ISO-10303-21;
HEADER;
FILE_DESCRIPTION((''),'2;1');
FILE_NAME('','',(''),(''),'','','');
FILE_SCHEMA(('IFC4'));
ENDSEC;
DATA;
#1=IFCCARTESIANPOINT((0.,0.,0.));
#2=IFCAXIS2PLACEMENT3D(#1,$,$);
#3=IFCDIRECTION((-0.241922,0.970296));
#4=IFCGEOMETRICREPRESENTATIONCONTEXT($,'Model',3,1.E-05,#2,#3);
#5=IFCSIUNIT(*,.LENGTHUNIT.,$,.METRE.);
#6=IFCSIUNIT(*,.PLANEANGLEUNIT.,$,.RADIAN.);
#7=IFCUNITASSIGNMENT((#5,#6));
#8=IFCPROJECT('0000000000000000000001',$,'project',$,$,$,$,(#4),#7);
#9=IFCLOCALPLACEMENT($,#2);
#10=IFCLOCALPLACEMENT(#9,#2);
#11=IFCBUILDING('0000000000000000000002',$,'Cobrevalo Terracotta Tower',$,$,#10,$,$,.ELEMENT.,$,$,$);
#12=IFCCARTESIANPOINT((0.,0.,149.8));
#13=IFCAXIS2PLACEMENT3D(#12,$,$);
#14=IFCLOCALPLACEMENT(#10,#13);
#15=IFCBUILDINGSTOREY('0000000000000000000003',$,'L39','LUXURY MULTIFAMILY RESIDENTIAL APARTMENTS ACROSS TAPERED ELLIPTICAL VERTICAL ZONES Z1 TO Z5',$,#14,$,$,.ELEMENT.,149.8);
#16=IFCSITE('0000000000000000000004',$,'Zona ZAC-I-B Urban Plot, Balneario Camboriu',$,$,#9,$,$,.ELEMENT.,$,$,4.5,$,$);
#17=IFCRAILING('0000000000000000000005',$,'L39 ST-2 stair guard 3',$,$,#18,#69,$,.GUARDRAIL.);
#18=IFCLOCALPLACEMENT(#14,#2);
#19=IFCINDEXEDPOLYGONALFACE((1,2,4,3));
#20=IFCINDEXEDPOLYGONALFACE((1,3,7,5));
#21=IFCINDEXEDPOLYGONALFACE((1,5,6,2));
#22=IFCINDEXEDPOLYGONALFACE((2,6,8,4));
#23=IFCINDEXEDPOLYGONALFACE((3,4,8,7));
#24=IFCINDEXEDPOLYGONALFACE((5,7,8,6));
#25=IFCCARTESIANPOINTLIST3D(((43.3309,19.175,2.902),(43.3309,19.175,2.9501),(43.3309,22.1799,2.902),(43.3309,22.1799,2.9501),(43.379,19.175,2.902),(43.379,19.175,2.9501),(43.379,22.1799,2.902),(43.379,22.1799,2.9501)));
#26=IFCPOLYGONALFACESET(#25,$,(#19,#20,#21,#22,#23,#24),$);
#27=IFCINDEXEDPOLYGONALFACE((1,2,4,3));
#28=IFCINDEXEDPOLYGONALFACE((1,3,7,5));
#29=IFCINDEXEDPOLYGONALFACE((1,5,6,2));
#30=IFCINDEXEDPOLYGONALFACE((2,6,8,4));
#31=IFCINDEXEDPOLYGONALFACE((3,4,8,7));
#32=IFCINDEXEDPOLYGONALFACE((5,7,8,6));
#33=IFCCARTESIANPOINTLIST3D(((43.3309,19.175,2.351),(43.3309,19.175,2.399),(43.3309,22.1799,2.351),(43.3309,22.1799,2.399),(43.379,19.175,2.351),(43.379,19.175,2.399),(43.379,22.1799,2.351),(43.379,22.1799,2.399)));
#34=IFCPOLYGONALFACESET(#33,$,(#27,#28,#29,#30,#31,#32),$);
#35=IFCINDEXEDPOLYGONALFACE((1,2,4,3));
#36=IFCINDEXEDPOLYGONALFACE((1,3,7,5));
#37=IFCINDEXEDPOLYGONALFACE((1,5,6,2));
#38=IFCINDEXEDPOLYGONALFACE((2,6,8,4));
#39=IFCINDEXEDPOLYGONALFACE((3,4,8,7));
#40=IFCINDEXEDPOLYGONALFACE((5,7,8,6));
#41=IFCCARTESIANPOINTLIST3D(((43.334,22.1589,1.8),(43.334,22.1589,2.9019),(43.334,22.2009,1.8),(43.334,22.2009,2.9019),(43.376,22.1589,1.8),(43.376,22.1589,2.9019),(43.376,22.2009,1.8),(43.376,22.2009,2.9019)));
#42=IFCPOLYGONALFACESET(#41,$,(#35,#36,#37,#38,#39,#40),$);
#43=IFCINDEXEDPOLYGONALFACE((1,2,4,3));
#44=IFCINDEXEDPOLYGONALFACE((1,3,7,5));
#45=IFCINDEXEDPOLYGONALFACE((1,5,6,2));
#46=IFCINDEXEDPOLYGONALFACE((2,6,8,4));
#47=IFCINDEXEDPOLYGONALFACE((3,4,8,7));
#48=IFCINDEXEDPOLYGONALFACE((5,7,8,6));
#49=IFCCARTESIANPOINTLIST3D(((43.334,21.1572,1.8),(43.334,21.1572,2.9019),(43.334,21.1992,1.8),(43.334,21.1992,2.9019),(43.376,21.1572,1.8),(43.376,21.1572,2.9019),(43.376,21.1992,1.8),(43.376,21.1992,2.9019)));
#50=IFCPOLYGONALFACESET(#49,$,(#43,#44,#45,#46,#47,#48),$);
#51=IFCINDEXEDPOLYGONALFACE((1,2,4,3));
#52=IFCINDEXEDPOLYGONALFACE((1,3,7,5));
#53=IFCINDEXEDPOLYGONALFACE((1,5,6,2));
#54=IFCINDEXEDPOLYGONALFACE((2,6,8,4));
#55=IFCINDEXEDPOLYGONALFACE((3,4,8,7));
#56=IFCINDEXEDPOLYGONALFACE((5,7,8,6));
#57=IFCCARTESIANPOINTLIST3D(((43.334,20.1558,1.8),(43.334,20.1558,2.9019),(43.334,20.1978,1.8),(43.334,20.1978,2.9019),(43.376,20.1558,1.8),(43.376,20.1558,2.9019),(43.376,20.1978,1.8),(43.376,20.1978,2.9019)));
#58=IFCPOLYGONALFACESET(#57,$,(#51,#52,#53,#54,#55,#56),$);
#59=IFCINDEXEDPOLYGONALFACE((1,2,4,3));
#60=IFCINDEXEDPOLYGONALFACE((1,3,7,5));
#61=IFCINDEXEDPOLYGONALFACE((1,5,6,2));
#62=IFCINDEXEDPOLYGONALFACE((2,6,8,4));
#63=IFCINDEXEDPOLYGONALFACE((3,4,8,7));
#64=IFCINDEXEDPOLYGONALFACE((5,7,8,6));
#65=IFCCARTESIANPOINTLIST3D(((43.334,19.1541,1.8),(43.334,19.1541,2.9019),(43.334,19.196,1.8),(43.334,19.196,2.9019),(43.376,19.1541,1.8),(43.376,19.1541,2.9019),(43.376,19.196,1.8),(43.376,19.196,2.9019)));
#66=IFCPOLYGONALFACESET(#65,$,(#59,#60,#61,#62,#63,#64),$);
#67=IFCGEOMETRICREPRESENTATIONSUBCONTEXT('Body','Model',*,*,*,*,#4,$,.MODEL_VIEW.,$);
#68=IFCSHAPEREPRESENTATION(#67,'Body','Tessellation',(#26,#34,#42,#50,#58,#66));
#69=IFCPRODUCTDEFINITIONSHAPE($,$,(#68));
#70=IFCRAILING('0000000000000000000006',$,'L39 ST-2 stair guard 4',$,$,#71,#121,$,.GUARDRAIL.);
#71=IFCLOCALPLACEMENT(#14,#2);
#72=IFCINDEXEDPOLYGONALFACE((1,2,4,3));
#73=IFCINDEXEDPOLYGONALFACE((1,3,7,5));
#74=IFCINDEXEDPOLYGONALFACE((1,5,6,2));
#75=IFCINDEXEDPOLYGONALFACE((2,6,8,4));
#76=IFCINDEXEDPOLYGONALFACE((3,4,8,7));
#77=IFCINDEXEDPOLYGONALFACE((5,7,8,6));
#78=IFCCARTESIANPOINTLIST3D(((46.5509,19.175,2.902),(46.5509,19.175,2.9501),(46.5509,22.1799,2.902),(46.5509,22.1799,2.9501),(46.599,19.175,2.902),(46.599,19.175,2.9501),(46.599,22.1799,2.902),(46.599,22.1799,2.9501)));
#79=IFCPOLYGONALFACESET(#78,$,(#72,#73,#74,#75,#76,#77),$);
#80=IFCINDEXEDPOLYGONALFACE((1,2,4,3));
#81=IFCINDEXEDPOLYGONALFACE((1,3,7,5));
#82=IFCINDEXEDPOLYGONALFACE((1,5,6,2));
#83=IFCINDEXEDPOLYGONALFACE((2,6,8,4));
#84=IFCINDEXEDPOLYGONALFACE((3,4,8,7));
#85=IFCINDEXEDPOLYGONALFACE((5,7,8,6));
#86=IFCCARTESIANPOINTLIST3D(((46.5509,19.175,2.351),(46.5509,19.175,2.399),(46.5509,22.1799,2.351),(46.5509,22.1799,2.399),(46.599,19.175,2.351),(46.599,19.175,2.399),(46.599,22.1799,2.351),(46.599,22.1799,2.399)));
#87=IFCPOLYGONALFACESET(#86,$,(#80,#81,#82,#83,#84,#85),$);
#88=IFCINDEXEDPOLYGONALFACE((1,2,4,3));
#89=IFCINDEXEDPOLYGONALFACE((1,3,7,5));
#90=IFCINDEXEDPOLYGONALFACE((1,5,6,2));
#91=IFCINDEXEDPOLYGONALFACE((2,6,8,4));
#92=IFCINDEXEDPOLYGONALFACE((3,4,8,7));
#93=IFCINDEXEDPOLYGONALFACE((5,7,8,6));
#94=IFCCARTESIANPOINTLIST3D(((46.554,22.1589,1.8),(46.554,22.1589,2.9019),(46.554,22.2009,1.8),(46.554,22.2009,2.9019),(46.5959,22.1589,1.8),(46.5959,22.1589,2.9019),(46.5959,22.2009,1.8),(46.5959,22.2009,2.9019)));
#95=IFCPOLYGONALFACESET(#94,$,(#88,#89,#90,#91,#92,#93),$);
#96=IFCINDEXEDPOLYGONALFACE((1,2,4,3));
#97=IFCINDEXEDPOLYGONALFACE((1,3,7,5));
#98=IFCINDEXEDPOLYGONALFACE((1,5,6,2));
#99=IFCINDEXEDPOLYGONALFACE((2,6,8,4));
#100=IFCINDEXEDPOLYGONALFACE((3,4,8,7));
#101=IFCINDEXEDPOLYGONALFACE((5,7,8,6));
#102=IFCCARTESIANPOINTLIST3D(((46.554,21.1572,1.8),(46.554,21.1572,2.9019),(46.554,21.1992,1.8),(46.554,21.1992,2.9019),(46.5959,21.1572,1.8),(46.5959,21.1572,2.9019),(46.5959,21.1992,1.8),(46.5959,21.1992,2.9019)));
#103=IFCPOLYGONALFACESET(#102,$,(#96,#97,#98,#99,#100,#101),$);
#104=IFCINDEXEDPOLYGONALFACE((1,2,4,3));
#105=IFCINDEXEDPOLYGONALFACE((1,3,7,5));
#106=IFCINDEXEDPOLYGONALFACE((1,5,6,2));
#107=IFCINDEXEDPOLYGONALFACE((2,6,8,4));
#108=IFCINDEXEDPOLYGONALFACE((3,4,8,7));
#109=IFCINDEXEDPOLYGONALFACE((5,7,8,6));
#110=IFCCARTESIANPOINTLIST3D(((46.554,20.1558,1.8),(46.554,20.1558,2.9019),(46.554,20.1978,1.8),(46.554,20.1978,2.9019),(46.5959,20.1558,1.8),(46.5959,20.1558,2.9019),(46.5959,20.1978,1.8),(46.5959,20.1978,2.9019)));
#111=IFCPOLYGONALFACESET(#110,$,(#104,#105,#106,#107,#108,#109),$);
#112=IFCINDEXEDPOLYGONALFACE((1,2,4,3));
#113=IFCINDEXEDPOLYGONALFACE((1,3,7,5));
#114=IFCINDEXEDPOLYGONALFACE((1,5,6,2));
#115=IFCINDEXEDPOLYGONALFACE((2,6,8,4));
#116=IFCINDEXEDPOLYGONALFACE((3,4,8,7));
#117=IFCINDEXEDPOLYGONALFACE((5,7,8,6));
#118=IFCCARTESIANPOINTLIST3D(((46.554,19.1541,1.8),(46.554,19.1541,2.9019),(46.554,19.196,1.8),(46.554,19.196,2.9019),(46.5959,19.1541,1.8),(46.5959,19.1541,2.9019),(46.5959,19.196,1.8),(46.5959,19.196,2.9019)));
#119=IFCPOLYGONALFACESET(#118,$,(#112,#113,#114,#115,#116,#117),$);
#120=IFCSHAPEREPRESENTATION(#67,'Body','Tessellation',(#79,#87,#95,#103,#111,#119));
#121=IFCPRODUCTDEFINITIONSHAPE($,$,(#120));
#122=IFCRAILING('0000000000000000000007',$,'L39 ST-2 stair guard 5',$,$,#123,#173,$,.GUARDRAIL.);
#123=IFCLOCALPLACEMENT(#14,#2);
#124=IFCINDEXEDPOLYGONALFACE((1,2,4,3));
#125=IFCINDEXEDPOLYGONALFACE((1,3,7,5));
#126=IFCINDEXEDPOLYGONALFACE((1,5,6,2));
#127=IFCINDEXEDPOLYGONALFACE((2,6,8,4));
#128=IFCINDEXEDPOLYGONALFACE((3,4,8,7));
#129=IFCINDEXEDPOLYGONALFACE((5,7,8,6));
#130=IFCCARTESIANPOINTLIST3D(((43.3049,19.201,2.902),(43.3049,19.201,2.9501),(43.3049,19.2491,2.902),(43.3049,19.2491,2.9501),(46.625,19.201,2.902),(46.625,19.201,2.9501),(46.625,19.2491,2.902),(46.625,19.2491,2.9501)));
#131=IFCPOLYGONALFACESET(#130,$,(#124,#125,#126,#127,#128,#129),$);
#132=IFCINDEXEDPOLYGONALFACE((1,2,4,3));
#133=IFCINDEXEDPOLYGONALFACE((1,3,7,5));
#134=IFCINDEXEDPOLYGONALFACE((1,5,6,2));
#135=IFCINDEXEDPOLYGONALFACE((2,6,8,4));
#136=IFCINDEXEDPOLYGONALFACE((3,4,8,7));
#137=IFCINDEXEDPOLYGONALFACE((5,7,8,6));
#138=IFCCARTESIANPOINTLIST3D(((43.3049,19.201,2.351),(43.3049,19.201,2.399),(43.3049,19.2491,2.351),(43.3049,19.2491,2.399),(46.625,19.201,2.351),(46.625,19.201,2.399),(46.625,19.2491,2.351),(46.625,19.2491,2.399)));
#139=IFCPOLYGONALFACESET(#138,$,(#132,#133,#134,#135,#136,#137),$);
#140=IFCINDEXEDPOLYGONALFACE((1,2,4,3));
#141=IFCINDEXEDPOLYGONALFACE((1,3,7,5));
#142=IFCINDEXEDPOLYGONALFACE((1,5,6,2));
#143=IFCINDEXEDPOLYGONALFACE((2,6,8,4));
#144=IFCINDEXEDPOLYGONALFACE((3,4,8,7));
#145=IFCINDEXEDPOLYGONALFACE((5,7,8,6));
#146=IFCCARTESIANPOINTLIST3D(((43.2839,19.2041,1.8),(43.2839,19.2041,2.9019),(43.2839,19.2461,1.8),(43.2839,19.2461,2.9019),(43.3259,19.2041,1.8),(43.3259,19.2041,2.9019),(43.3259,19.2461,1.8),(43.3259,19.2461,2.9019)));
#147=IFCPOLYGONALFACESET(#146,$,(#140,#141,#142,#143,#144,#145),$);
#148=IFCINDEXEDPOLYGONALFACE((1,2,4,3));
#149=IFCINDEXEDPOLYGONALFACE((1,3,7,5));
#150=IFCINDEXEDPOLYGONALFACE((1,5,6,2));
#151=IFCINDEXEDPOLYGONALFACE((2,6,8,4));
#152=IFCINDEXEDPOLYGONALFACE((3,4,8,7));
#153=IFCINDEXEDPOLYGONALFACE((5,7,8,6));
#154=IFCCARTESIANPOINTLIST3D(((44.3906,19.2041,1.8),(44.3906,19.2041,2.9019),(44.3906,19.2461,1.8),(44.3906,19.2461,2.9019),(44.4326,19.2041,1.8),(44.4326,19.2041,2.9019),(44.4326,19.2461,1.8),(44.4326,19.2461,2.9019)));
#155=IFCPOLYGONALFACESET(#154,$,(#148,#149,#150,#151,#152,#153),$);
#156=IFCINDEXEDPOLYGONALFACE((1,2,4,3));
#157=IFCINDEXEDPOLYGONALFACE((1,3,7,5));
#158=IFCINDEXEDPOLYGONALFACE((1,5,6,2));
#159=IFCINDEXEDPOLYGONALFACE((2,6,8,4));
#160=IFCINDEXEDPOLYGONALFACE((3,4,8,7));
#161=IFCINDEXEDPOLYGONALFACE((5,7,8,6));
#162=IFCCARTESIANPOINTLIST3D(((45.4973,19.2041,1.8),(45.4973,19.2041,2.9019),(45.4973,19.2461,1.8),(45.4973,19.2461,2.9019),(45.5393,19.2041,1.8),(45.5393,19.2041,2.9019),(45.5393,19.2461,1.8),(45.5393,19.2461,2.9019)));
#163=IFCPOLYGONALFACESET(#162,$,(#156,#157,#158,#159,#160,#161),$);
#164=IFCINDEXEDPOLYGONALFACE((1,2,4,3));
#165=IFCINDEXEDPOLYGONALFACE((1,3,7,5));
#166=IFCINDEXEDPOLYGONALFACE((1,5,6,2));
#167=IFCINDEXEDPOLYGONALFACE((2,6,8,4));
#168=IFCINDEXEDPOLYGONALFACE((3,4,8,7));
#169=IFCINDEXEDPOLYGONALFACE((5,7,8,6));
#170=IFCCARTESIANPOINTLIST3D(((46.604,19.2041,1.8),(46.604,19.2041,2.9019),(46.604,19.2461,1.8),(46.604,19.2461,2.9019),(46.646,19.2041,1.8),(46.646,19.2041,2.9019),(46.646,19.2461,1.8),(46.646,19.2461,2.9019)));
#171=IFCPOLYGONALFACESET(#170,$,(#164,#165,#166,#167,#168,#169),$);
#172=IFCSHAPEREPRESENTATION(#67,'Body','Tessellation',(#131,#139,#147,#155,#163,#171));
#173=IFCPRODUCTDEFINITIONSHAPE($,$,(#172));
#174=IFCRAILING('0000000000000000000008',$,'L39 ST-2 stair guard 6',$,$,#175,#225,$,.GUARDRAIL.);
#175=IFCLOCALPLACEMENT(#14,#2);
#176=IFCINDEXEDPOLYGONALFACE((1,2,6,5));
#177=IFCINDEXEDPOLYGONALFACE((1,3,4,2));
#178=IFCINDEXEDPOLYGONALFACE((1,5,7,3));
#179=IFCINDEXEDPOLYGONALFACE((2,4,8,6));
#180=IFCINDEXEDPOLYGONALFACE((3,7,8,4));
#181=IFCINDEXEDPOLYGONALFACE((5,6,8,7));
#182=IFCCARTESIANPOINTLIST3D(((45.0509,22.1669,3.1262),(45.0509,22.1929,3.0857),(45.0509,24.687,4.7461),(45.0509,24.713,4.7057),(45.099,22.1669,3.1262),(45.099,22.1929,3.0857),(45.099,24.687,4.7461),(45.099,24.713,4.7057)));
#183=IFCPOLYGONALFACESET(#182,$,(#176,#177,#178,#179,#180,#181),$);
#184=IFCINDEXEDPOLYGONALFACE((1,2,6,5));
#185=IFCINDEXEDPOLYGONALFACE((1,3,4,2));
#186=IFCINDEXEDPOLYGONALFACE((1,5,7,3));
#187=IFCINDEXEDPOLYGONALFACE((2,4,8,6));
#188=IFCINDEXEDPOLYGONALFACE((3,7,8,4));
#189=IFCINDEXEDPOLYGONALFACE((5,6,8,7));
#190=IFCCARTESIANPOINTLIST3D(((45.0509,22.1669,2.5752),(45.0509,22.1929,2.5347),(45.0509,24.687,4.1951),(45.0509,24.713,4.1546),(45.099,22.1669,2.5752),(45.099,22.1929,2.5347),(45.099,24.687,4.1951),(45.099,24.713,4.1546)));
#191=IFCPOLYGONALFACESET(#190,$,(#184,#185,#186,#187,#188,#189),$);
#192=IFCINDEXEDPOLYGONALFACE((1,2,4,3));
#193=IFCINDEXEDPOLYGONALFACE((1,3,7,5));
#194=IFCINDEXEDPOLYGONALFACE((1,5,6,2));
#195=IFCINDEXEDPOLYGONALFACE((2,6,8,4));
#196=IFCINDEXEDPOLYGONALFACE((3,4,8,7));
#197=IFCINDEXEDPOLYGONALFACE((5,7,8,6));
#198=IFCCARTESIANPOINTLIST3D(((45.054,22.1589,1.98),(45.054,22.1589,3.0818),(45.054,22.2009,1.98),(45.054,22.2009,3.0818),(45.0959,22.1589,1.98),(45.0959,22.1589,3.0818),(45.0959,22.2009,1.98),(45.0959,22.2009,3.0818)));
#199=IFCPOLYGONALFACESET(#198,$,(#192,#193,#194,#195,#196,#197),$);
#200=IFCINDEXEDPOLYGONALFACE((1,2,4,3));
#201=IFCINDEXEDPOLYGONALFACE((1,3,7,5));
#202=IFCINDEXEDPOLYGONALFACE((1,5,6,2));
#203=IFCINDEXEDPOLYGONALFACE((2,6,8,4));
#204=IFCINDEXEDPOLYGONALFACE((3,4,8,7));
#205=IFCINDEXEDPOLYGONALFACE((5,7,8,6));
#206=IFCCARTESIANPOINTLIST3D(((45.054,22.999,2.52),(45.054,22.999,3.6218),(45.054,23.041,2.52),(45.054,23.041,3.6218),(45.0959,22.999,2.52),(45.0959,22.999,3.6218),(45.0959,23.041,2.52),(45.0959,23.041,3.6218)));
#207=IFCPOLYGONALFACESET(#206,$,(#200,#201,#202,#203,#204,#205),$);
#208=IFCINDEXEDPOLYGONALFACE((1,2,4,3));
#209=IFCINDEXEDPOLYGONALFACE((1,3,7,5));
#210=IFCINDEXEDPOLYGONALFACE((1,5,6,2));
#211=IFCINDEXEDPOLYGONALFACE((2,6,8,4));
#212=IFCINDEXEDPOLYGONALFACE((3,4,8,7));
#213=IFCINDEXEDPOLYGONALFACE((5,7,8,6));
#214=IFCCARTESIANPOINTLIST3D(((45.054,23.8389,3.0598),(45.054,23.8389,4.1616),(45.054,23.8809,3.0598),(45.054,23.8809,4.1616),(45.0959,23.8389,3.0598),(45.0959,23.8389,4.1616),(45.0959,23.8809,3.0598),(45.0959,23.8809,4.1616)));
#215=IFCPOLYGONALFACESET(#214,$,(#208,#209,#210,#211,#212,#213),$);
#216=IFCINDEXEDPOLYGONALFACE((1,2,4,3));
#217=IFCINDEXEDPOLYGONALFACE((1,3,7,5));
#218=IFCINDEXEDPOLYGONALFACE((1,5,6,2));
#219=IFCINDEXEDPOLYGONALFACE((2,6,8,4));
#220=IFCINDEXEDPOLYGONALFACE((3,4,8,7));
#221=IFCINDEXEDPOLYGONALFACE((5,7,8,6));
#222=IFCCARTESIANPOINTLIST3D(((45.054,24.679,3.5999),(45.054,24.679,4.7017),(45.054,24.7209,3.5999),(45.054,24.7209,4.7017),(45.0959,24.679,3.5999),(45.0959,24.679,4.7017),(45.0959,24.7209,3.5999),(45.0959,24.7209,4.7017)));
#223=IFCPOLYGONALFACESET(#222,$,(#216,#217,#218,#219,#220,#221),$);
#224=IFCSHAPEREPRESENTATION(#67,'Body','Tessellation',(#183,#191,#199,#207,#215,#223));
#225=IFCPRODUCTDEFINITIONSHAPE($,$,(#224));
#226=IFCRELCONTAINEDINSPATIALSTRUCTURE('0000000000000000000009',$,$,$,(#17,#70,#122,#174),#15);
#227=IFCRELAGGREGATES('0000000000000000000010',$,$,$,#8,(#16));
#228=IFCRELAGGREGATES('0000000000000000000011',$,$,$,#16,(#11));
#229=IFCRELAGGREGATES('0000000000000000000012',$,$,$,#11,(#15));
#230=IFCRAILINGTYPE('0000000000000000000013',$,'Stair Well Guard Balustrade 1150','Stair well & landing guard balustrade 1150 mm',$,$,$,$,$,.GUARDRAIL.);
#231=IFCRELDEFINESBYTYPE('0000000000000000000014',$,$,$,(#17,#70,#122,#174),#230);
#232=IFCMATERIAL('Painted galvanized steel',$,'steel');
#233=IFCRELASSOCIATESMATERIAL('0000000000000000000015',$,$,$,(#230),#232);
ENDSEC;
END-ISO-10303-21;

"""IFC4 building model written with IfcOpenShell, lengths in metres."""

from ifc_helpers import new_model, si_unit, direction, frame, origin, origin_2d, place, context, subcontext, project, spatial, rectangle, extrude, material, type_object, element, save


model = new_model("IFC4")

# Units and contexts
model_context = context("Model", 3, precision=1e-05, world=origin(), true_north=direction((-0.241922, 0.970296)))
body_context = subcontext(model_context, "Body", "Model", "MODEL_VIEW")
ifc_project = project(units=[si_unit("LENGTHUNIT", "METRE"), si_unit("PLANEANGLEUNIT", "RADIAN")], contexts=[model_context])

# Site, building, storey
site_placement = place(None, origin())
site = spatial("IfcSite", under=ifc_project, at=site_placement, Name="Zona ZAC-I-B Urban Plot, Balneario Camboriu", CompositionType="ELEMENT", RefElevation=4.5)
building_placement = place(site_placement, origin())
building = spatial("IfcBuilding", under=site, at=building_placement, Name="Cobrevalo Terracotta Tower", CompositionType="ELEMENT")
storey_placement = place(building_placement, frame((0.0, 0.0, 149.8)))
storey = spatial("IfcBuildingStorey", under=building, at=storey_placement, Name="L39", Description="LUXURY MULTIFAMILY RESIDENTIAL APARTMENTS ACROSS TAPERED ELLIPTICAL VERTICAL ZONES Z1 TO Z5", CompositionType="ELEMENT", Elevation=149.8)

# Railings
ifc_material_1 = material(Name="Painted galvanized steel", Category="steel")
railing_type_1 = type_object("IfcRailingType", Name="Stair Well Guard Balustrade 1150", Description="Stair well & landing guard balustrade 1150 mm", PredefinedType="GUARDRAIL", material=ifc_material_1)
for number, where, name in (
    (1, (43.355, 22.1799, 1.8), "L39 ST-2 stair guard 3"),
    (2, (46.575, 22.1799, 1.8), "L39 ST-2 stair guard 4"),
):
    element("IfcRailing", number, at=place(storey_placement, frame(where)), inside=storey, type_object=railing_type_1, Name=name, PredefinedType="GUARDRAIL", context=body_context, shape_type="SweptSolid", body=[
        extrude(rectangle(XDim=0.0481, YDim=0.0481, at=origin_2d()), frame((0.0, 0.0, 1.126), z_axis=(0.0, -1.0, 0.0), x_axis=(1.0, 0.0, 0.0)), (0.0, 0.0, 1.0), 3.0049),
        extrude(rectangle(XDim=0.0481, YDim=0.0481, at=origin_2d()), frame((0.0, 0.0, 0.575), z_axis=(0.0, -1.0, 0.0), x_axis=(1.0, 0.0, 0.0)), (0.0, 0.0, 1.0), 3.0049),
        extrude(rectangle(XDim=0.042, YDim=0.042, at=origin_2d()), origin(), (0.0, 0.0, 1.0), 1.1018),
        extrude(rectangle(XDim=0.042, YDim=0.042, at=origin_2d()), frame((0.0, -1.0017, 0.0)), (0.0, 0.0, 1.0), 1.1018),
        extrude(rectangle(XDim=0.042, YDim=0.042, at=origin_2d()), frame((0.0, -2.0032, 0.0)), (0.0, 0.0, 1.0), 1.1018),
        extrude(rectangle(XDim=0.042, YDim=0.042, at=origin_2d()), frame((0.0, -3.0049, 0.0)), (0.0, 0.0, 1.0), 1.1018),
    ])
railing_1_placement = place(storey_placement, frame((43.3049, 19.2251, 1.8)))
element("IfcRailing", 3, at=railing_1_placement, inside=storey, type_object=railing_type_1, Name="L39 ST-2 stair guard 5", PredefinedType="GUARDRAIL", context=body_context, shape_type="SweptSolid", body=[
    extrude(rectangle(XDim=0.0481, YDim=0.0481, at=origin_2d()), frame((0.0, 0.0, 1.126), z_axis=(1.0, 0.0, 0.0), x_axis=(0.0, 1.0, 0.0)), (0.0, 0.0, 1.0), 3.3201),
    extrude(rectangle(XDim=0.0481, YDim=0.0481, at=origin_2d()), frame((0.0, 0.0, 0.575), z_axis=(1.0, 0.0, 0.0), x_axis=(0.0, 1.0, 0.0)), (0.0, 0.0, 1.0), 3.3201),
    extrude(rectangle(XDim=0.042, YDim=0.042, at=origin_2d()), origin(), (0.0, 0.0, 1.0), 1.1018),
    extrude(rectangle(XDim=0.042, YDim=0.042, at=origin_2d()), frame((1.1067, 0.0, 0.0)), (0.0, 0.0, 1.0), 1.1018),
    extrude(rectangle(XDim=0.042, YDim=0.042, at=origin_2d()), frame((2.2134, 0.0, 0.0)), (0.0, 0.0, 1.0), 1.1018),
    extrude(rectangle(XDim=0.042, YDim=0.042, at=origin_2d()), frame((3.3201, 0.0, 0.0)), (0.0, 0.0, 1.0), 1.1018),
])
railing_2_placement = place(storey_placement, frame((45.075, 22.1799, 1.98)))
element("IfcRailing", 4, at=railing_2_placement, inside=storey, type_object=railing_type_1, Name="L39 ST-2 stair guard 6", PredefinedType="GUARDRAIL", context=body_context, shape_type="SweptSolid", body=[
    extrude(rectangle(XDim=0.0481, YDim=0.0481, at=origin_2d()), frame((0.0, 0.0, 1.126), z_axis=(0.0, 0.8412, 0.540725), x_axis=(-1.0, 0.0, 0.0)), (0.0, 0.0, 1.0), 2.9958),
    extrude(rectangle(XDim=0.0481, YDim=0.0481, at=origin_2d()), frame((0.0, 0.0, 0.575), z_axis=(0.0, 0.8412, 0.540725), x_axis=(-1.0, 0.0, 0.0)), (0.0, 0.0, 1.0), 2.9958),
    extrude(rectangle(XDim=0.042, YDim=0.042, at=origin_2d()), origin(), (0.0, 0.0, 1.0), 1.1018),
    extrude(rectangle(XDim=0.042, YDim=0.042, at=origin_2d()), frame((0.0, 0.8401, 0.54)), (0.0, 0.0, 1.0), 1.1018),
    extrude(rectangle(XDim=0.042, YDim=0.042, at=origin_2d()), frame((0.0, 1.6799, 1.0798)), (0.0, 0.0, 1.0), 1.1018),
    extrude(rectangle(XDim=0.042, YDim=0.042, at=origin_2d()), frame((0.0, 2.52, 1.6199)), (0.0, 0.0, 1.0), 1.1018),
])

save(model, "model.ifc")
